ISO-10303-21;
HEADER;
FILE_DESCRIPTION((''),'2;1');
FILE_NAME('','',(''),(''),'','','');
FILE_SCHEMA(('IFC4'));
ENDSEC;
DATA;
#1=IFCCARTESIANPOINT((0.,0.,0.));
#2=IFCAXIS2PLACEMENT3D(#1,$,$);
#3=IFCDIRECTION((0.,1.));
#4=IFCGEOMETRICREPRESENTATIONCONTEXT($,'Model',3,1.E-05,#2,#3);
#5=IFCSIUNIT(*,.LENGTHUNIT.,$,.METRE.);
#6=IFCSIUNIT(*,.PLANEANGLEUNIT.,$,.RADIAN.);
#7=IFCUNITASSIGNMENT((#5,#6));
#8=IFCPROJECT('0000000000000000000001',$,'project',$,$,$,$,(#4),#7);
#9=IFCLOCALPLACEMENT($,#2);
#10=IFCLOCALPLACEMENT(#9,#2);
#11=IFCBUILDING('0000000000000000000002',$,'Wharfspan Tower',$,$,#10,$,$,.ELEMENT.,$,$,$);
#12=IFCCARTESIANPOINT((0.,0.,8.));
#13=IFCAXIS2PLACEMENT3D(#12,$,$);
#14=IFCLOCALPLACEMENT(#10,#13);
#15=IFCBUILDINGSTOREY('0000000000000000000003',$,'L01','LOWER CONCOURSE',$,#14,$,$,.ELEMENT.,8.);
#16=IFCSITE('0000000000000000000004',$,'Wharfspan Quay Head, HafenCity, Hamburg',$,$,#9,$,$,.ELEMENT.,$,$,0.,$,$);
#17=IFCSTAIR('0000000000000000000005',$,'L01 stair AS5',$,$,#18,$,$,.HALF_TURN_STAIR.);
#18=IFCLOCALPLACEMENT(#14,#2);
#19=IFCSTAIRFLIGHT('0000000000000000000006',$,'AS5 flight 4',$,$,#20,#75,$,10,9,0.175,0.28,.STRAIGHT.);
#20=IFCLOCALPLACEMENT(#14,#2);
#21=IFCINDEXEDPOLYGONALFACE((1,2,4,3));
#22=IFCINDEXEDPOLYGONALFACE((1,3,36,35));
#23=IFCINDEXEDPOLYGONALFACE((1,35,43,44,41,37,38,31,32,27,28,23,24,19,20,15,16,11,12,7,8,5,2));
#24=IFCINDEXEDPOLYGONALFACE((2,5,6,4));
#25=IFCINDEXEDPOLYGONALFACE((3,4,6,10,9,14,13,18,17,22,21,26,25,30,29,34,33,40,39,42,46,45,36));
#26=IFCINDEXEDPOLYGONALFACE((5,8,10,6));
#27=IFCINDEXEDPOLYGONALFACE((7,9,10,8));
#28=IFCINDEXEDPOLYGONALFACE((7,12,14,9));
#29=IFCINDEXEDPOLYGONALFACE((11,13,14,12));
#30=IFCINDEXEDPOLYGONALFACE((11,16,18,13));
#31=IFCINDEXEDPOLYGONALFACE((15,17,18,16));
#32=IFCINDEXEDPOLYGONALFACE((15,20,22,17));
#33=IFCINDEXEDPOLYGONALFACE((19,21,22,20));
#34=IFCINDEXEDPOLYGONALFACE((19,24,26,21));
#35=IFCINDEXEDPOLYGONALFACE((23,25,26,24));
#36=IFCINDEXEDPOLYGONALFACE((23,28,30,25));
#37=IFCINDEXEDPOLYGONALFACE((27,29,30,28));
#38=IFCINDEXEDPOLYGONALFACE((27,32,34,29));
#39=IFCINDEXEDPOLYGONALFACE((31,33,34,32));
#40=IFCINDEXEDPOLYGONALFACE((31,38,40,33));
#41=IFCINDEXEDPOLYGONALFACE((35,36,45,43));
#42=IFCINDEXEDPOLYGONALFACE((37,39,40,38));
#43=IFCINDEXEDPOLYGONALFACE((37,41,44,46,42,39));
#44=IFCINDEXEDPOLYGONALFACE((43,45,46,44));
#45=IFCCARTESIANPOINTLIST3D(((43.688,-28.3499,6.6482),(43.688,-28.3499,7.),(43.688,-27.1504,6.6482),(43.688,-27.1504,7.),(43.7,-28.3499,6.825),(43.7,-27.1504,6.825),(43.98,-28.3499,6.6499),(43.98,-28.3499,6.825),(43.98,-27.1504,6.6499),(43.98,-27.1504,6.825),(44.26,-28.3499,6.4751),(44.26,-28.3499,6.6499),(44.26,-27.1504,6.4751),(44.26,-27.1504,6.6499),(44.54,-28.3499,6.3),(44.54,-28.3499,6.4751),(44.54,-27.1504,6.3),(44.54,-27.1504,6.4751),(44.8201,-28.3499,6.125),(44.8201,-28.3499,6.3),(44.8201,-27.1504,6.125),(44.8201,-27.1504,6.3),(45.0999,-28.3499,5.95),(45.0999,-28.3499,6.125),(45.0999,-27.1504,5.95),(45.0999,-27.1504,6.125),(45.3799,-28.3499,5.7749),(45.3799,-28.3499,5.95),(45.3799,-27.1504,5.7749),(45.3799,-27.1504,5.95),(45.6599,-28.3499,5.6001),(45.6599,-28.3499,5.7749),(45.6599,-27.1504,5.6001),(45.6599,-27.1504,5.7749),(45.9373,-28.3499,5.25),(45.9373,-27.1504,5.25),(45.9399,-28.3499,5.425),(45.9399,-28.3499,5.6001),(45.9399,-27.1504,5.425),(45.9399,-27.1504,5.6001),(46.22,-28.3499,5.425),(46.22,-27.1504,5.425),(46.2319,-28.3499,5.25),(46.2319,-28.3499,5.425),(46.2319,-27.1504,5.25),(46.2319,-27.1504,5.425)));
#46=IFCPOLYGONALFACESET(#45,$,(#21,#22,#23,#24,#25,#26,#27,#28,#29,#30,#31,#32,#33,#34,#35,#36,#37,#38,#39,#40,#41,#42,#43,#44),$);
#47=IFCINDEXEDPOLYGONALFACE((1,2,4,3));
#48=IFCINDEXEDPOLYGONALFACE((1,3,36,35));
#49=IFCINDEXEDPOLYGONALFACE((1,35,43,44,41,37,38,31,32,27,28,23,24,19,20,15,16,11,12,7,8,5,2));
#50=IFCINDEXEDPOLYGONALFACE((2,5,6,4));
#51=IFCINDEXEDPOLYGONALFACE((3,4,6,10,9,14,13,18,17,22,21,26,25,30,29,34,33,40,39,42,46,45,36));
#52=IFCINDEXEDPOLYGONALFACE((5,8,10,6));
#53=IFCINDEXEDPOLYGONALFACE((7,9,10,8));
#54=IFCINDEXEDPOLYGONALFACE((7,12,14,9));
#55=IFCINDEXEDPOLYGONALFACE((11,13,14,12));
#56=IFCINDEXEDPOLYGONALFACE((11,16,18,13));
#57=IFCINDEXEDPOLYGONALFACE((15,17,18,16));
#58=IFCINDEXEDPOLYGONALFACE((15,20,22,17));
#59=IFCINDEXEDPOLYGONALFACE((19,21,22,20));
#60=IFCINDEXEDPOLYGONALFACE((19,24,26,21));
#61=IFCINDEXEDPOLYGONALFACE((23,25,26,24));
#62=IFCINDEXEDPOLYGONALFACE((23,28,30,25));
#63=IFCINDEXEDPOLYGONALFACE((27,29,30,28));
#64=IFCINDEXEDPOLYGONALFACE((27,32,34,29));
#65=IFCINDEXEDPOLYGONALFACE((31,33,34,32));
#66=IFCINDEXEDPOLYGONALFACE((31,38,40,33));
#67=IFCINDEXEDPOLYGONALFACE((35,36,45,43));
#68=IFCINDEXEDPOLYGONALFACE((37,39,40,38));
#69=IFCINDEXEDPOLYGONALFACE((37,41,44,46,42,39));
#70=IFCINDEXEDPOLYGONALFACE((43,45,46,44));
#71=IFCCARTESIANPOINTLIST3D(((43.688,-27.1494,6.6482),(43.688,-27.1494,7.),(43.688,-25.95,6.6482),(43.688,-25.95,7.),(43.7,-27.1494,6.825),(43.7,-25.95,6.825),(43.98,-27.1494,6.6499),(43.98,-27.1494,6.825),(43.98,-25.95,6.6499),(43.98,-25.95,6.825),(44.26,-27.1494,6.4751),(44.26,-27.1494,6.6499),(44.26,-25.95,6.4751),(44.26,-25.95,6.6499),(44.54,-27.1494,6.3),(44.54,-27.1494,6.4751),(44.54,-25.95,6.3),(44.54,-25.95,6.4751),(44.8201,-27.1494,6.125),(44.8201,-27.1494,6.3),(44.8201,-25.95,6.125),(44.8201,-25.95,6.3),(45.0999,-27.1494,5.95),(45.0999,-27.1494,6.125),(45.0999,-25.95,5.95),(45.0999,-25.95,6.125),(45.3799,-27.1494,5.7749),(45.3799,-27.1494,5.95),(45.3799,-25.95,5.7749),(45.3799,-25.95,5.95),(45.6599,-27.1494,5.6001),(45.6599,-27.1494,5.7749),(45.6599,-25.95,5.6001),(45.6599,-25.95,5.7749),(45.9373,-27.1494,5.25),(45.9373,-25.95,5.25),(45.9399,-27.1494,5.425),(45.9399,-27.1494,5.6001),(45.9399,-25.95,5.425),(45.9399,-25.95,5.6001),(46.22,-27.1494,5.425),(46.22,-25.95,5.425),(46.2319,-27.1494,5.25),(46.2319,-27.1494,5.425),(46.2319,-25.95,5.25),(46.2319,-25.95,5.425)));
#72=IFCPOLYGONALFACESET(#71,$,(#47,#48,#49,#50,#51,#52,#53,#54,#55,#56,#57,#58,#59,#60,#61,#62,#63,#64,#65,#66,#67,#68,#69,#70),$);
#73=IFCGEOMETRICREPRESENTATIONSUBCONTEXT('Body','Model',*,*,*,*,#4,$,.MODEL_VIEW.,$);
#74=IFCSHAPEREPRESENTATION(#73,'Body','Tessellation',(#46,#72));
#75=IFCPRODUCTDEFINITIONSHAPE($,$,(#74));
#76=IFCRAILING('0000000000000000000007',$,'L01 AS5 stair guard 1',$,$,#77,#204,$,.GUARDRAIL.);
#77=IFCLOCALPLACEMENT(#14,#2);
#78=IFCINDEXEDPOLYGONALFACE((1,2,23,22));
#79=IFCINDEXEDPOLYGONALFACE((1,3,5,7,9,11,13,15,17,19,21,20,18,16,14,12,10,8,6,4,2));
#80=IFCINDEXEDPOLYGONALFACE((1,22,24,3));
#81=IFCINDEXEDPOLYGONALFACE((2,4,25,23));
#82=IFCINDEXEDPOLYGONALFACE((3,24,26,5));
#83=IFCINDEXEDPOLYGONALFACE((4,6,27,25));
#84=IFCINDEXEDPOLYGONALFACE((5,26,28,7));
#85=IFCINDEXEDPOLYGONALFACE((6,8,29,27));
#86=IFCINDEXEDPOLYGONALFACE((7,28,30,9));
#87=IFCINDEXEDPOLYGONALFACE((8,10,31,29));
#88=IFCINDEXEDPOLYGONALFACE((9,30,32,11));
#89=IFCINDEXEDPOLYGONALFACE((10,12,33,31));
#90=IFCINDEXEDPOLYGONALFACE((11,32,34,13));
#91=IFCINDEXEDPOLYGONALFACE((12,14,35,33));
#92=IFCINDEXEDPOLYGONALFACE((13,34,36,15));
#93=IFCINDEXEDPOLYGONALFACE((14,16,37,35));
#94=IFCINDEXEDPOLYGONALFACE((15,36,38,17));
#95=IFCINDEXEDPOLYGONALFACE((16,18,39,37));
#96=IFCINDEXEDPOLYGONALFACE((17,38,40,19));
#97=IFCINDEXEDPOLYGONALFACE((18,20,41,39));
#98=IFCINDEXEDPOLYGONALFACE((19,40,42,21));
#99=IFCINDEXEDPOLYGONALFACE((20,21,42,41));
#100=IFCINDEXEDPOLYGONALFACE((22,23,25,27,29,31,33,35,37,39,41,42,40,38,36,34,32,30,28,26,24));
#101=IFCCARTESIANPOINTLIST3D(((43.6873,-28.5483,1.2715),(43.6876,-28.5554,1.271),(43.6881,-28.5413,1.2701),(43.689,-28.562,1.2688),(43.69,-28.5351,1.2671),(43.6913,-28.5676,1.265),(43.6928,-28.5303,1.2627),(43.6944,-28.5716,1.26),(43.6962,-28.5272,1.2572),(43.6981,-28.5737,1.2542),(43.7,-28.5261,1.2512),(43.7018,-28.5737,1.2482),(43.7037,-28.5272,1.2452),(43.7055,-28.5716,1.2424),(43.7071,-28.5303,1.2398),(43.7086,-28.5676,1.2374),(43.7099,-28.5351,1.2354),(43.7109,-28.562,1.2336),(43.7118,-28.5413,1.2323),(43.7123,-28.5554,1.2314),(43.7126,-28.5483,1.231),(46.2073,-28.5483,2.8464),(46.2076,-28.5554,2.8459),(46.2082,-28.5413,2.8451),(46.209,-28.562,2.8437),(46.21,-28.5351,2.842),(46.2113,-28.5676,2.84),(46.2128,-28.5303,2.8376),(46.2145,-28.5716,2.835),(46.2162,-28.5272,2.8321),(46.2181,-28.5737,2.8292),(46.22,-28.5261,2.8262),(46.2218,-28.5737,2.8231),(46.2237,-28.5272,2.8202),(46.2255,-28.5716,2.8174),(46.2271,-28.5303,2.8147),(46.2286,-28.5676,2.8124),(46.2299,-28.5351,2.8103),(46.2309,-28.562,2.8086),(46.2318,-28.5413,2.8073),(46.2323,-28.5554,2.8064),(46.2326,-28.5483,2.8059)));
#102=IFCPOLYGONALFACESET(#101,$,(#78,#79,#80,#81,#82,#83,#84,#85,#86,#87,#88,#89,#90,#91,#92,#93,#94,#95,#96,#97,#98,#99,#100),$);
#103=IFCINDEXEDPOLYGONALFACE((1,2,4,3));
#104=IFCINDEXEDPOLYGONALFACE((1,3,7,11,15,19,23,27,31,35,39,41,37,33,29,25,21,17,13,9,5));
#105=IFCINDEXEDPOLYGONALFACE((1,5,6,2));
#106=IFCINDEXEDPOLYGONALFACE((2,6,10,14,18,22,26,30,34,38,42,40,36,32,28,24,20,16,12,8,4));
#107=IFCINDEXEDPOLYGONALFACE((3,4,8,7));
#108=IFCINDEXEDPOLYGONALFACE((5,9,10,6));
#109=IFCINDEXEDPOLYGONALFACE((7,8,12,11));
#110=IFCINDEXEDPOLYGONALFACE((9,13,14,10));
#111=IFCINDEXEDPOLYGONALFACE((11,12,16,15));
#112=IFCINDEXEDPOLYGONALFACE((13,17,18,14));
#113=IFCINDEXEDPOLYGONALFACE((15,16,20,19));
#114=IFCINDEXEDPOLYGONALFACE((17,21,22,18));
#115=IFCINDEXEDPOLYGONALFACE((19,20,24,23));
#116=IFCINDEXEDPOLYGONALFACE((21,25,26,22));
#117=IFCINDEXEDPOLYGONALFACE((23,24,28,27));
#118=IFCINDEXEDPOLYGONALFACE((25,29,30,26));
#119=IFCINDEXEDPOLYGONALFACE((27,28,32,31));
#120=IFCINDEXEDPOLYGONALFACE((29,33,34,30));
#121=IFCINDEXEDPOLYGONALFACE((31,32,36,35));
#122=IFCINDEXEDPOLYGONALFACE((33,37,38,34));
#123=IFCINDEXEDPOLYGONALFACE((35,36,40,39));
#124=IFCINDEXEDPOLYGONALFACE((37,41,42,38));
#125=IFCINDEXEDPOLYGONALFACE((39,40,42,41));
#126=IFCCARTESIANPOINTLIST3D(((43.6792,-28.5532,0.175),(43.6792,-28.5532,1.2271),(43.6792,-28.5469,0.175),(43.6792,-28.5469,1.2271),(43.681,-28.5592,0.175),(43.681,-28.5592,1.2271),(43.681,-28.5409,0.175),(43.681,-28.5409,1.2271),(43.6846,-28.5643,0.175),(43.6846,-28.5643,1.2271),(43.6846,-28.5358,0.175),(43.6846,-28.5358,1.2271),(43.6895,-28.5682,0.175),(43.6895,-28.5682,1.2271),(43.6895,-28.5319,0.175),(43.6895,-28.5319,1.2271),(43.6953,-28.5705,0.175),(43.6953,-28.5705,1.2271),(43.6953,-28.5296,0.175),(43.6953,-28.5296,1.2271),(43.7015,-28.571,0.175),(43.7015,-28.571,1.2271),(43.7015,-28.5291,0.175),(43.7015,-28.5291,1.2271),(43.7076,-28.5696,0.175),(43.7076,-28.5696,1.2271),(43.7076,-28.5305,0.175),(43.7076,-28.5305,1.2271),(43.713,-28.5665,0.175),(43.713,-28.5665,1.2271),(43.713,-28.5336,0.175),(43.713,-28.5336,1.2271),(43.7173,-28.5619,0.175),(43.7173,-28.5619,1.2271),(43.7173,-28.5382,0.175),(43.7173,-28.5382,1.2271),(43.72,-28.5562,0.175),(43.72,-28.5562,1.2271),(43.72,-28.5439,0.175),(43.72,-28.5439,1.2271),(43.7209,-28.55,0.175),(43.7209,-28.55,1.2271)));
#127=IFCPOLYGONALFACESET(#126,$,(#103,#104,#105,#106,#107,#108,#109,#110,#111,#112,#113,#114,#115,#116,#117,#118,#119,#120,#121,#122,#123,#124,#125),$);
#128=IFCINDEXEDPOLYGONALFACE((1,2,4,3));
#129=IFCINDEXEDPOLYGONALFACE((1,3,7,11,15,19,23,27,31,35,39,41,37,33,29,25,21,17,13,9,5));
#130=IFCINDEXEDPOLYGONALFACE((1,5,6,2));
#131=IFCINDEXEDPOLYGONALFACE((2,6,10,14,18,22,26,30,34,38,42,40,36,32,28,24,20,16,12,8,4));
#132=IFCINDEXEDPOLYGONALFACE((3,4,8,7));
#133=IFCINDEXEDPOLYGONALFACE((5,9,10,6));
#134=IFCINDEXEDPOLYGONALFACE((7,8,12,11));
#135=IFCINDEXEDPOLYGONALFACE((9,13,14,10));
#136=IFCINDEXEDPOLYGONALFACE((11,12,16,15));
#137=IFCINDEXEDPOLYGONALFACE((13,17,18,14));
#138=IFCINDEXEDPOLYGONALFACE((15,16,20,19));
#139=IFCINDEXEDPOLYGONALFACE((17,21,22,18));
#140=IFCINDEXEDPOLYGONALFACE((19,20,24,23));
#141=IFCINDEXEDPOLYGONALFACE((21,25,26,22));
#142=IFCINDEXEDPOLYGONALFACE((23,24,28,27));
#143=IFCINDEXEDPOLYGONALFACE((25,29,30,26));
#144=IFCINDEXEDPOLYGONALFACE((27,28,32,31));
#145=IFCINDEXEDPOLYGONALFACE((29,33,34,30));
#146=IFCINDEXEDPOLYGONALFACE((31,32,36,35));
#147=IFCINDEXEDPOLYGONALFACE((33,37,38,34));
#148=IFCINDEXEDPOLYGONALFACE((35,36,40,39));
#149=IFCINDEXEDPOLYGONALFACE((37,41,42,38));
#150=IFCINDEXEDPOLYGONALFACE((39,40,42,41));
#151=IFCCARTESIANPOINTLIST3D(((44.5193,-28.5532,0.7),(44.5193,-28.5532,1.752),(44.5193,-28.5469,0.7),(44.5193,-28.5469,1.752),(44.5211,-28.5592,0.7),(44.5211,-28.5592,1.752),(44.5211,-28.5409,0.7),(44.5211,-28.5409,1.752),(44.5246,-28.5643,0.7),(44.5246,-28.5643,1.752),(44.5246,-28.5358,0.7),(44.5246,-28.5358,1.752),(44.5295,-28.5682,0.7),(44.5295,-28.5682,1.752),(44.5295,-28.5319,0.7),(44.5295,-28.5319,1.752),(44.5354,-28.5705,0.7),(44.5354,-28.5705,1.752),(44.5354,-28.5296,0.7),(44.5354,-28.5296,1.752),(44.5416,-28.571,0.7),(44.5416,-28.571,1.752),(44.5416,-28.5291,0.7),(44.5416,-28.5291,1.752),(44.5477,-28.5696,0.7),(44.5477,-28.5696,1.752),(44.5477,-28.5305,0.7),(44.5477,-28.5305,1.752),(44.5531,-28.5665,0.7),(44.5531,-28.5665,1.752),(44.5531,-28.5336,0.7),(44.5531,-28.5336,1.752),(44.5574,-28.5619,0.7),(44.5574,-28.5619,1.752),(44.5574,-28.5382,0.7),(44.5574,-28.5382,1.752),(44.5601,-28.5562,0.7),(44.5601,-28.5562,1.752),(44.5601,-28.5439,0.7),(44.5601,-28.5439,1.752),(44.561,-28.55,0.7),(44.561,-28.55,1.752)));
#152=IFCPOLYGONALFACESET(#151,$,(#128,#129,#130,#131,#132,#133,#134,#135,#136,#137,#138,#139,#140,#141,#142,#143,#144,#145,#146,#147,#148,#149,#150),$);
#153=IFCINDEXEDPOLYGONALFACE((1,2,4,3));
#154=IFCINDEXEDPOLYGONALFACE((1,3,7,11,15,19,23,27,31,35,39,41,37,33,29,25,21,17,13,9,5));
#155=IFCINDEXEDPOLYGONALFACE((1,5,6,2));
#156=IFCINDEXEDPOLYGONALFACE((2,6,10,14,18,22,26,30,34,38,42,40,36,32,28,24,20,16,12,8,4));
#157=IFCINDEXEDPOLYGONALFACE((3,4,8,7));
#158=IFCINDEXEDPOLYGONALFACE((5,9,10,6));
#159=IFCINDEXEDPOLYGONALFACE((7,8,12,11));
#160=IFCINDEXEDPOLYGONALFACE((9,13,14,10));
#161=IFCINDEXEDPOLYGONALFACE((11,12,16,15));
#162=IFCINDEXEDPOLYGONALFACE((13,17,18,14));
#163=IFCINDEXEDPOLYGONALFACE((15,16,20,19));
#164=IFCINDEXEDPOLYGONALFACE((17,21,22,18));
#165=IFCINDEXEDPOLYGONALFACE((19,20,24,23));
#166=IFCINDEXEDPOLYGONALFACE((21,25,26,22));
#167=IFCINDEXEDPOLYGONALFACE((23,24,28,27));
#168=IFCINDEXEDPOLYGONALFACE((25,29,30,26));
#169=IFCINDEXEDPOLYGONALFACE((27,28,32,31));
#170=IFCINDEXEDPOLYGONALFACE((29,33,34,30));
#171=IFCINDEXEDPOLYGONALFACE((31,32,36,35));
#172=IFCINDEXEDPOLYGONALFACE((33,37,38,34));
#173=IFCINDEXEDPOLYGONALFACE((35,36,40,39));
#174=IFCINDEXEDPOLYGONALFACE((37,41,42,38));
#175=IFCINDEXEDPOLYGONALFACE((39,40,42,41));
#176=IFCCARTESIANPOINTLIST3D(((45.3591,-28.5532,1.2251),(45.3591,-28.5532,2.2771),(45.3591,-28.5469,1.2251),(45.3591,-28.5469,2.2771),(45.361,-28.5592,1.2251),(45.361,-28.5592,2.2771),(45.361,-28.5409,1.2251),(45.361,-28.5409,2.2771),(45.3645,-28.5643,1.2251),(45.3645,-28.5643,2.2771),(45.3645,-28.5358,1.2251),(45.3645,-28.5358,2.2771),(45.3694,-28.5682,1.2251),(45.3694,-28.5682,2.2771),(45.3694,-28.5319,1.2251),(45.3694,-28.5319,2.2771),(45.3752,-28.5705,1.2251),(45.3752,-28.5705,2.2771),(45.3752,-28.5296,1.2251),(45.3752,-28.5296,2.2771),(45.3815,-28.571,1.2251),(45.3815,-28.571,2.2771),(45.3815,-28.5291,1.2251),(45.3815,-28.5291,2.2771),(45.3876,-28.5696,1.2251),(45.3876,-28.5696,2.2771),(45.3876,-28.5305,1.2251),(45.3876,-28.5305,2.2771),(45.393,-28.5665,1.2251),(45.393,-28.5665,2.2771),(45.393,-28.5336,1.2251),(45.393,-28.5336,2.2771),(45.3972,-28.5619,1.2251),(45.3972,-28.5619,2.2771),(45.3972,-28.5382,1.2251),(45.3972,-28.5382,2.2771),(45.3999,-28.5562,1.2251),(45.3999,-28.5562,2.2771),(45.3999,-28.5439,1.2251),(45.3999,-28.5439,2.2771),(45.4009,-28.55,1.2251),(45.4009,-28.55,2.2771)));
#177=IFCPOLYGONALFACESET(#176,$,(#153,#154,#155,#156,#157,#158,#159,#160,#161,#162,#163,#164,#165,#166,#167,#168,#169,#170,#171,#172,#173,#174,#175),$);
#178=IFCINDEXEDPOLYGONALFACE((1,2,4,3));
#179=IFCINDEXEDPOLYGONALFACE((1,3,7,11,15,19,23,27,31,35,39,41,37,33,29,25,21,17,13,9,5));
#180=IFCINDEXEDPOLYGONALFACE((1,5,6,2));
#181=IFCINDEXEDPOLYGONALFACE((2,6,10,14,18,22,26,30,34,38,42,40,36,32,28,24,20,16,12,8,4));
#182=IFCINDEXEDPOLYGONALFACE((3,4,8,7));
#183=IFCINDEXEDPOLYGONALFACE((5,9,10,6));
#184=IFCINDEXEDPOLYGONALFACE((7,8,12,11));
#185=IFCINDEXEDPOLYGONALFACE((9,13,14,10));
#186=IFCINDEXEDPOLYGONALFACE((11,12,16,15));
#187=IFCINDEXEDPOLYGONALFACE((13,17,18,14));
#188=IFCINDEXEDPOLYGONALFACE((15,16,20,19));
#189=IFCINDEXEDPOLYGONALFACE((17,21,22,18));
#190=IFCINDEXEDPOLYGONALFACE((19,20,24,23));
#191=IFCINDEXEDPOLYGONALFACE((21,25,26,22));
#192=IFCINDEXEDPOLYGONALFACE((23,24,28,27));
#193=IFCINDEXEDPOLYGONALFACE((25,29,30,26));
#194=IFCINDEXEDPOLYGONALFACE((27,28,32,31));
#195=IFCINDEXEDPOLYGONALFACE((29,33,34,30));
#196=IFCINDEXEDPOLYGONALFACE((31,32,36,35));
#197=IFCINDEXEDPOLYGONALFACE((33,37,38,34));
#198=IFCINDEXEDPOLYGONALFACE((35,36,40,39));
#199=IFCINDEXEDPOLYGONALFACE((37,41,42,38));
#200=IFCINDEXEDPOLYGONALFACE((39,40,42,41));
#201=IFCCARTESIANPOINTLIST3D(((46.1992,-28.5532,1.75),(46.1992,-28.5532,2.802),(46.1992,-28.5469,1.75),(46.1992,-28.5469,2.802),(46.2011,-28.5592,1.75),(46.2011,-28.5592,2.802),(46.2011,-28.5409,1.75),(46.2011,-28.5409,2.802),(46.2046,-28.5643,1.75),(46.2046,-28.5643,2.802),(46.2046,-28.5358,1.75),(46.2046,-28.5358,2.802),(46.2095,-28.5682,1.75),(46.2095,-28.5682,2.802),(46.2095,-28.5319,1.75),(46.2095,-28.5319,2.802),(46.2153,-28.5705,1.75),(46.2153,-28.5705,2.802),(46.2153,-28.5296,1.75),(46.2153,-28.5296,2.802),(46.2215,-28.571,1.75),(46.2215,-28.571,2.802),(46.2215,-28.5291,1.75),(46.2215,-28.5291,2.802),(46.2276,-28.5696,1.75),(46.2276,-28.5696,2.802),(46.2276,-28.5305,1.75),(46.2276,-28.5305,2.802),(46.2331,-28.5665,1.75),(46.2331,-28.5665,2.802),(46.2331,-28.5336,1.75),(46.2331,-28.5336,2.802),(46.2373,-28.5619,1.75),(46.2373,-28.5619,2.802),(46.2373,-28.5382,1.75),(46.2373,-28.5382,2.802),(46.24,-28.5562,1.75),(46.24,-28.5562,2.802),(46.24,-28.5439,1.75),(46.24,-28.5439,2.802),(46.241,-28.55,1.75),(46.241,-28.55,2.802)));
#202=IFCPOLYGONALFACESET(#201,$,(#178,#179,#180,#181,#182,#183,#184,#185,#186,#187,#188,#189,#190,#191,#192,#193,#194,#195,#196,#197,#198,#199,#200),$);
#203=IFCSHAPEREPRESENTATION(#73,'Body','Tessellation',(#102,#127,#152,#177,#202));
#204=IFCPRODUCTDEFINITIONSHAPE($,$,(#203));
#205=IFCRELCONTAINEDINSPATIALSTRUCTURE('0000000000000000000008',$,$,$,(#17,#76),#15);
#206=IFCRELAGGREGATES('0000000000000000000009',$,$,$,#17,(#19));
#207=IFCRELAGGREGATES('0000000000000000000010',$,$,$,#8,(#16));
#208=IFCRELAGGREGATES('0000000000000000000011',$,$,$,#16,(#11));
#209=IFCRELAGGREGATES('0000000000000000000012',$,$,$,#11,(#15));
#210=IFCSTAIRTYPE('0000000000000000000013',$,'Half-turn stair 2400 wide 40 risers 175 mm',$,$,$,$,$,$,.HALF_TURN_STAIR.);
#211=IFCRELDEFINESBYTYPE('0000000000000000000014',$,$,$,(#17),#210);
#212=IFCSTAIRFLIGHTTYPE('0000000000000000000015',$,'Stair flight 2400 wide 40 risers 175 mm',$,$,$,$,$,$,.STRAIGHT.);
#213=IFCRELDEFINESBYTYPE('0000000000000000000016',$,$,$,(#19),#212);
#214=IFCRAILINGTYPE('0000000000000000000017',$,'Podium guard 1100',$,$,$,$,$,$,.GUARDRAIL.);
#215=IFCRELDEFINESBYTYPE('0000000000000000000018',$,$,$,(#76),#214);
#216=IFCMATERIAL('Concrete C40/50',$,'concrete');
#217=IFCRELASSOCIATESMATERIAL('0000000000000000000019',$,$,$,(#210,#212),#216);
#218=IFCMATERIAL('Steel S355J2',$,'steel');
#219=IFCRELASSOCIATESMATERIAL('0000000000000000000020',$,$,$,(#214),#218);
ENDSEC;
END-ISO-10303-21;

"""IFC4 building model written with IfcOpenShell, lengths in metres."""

from ifc_helpers import new_model, si_unit, direction, frame, origin, origin_2d, place, context, subcontext, project, spatial, polyline, circle, outline, extrude, material, type_object, element, aggregate, save


model = new_model("IFC4")

# Units and contexts
model_context = context("Model", 3, precision=1e-05, world=origin(), true_north=direction((0.0, 1.0)))
body_context = subcontext(model_context, "Body", "Model", "MODEL_VIEW")
ifc_project = project(units=[si_unit("LENGTHUNIT", "METRE"), si_unit("PLANEANGLEUNIT", "RADIAN")], contexts=[model_context])

# Site, building, storey
site_placement = place(None, origin())
site = spatial("IfcSite", under=ifc_project, at=site_placement, Name="Wharfspan Quay Head, HafenCity, Hamburg", CompositionType="ELEMENT", RefElevation=0.0)
building_placement = place(site_placement, origin())
building = spatial("IfcBuilding", under=site, at=building_placement, Name="Wharfspan Tower", CompositionType="ELEMENT")
storey_placement = place(building_placement, frame((0.0, 0.0, 8.0)))
storey = spatial("IfcBuildingStorey", under=building, at=storey_placement, Name="L01", Description="LOWER CONCOURSE", CompositionType="ELEMENT", Elevation=8.0)

# Shared definitions
ifc_material_1 = material(Name="Concrete C40/50", Category="concrete")

# Stair, stair flight
stair_type = type_object("IfcStairType", Name="Half-turn stair 2400 wide 40 risers 175 mm", PredefinedType="HALF_TURN_STAIR", material=ifc_material_1)
stair_placement = place(storey_placement, origin())
stair = element("IfcStair", 1, at=stair_placement, inside=storey, type_object=stair_type, Name="L01 stair AS5", PredefinedType="HALF_TURN_STAIR")
stair_flight_type = type_object("IfcStairFlightType", Name="Stair flight 2400 wide 40 risers 175 mm", PredefinedType="STRAIGHT", material=ifc_material_1)
stair_flight_1_placement = place(storey_placement, frame((46.22, -27.1499, 5.25), z_axis=(0.0, 0.0, 1.0), x_axis=(-1.0, 0.0, 0.0)))
stair_flight_1 = element("IfcStairFlight", 2, at=stair_flight_1_placement, type_object=stair_flight_type, Name="AS5 flight 4", NumberOfRisers=10, NumberOfTreads=9, PredefinedType="STRAIGHT", RiserHeight=0.175, TreadLength=0.28, context=body_context, shape_type="SweptSolid", body=[
    extrude(outline(polyline([(-0.012, 0.0), (-0.012, 0.175), (0.0, 0.175), (0.28, 0.175), (0.28, 0.3501), (0.5601, 0.3501), (0.5601, 0.5249), (0.8401, 0.5249), (0.8401, 0.7), (1.1201, 0.7), (1.1201, 0.875), (1.3999, 0.875), (1.3999, 1.05), (1.6799, 1.05), (1.6799, 1.2251), (1.96, 1.2251), (1.96, 1.3999), (2.24, 1.3999), (2.24, 1.575), (2.52, 1.575), (2.532, 1.75), (2.532, 1.3982), (0.2827, 0.0), (-0.012, 0.0)])), frame((0.0, 1.2, 0.0), z_axis=(0.0, -1.0, 0.0), x_axis=(1.0, 0.0, 0.0)), (0.0, 0.0, 1.0), 1.1995),
    extrude(outline(polyline([(-0.012, 0.0), (-0.012, 0.175), (0.0, 0.175), (0.28, 0.175), (0.28, 0.3501), (0.5601, 0.3501), (0.5601, 0.5249), (0.8401, 0.5249), (0.8401, 0.7), (1.1201, 0.7), (1.1201, 0.875), (1.3999, 0.875), (1.3999, 1.05), (1.6799, 1.05), (1.6799, 1.2251), (1.96, 1.2251), (1.96, 1.3999), (2.24, 1.3999), (2.24, 1.575), (2.52, 1.575), (2.532, 1.75), (2.532, 1.3982), (0.2827, 0.0), (-0.012, 0.0)])), frame((0.0, -0.0005, 0.0), z_axis=(0.0, -1.0, 0.0), x_axis=(1.0, 0.0, 0.0)), (0.0, 0.0, 1.0), 1.1995),
])
aggregate(stair, [stair_flight_1])

# Railing
ifc_material_2 = material(Name="Steel S355J2", Category="steel")
railing_type_1 = type_object("IfcRailingType", Name="Podium guard 1100", PredefinedType="GUARDRAIL", material=ifc_material_2)
railing_1_placement = place(storey_placement, frame((43.7, -28.55, 0.175)))
element("IfcRailing", 3, at=railing_1_placement, inside=storey, type_object=railing_type_1, Name="L01 AS5 stair guard 1", PredefinedType="GUARDRAIL", context=body_context, shape_type="SweptSolid", body=[
    extrude(circle(Radius=0.0239, at=origin_2d()), frame((0.0, 0.0, 1.0762), z_axis=(0.848008, 0.0, 0.529984), x_axis=(0.0, 1.0, 0.0)), (0.0, 0.0, 1.0), 2.9717),
    extrude(circle(Radius=0.021, at=origin_2d()), origin(), (0.0, 0.0, 1.0), 1.052),
    extrude(circle(Radius=0.021, at=origin_2d()), frame((0.8401, 0.0, 0.5249)), (0.0, 0.0, 1.0), 1.052),
    extrude(circle(Radius=0.021, at=origin_2d()), frame((1.6799, 0.0, 1.05)), (0.0, 0.0, 1.0), 1.052),
    extrude(circle(Radius=0.021, at=origin_2d()), frame((2.52, 0.0, 1.575)), (0.0, 0.0, 1.0), 1.052),
])

save(model, "model.ifc")
